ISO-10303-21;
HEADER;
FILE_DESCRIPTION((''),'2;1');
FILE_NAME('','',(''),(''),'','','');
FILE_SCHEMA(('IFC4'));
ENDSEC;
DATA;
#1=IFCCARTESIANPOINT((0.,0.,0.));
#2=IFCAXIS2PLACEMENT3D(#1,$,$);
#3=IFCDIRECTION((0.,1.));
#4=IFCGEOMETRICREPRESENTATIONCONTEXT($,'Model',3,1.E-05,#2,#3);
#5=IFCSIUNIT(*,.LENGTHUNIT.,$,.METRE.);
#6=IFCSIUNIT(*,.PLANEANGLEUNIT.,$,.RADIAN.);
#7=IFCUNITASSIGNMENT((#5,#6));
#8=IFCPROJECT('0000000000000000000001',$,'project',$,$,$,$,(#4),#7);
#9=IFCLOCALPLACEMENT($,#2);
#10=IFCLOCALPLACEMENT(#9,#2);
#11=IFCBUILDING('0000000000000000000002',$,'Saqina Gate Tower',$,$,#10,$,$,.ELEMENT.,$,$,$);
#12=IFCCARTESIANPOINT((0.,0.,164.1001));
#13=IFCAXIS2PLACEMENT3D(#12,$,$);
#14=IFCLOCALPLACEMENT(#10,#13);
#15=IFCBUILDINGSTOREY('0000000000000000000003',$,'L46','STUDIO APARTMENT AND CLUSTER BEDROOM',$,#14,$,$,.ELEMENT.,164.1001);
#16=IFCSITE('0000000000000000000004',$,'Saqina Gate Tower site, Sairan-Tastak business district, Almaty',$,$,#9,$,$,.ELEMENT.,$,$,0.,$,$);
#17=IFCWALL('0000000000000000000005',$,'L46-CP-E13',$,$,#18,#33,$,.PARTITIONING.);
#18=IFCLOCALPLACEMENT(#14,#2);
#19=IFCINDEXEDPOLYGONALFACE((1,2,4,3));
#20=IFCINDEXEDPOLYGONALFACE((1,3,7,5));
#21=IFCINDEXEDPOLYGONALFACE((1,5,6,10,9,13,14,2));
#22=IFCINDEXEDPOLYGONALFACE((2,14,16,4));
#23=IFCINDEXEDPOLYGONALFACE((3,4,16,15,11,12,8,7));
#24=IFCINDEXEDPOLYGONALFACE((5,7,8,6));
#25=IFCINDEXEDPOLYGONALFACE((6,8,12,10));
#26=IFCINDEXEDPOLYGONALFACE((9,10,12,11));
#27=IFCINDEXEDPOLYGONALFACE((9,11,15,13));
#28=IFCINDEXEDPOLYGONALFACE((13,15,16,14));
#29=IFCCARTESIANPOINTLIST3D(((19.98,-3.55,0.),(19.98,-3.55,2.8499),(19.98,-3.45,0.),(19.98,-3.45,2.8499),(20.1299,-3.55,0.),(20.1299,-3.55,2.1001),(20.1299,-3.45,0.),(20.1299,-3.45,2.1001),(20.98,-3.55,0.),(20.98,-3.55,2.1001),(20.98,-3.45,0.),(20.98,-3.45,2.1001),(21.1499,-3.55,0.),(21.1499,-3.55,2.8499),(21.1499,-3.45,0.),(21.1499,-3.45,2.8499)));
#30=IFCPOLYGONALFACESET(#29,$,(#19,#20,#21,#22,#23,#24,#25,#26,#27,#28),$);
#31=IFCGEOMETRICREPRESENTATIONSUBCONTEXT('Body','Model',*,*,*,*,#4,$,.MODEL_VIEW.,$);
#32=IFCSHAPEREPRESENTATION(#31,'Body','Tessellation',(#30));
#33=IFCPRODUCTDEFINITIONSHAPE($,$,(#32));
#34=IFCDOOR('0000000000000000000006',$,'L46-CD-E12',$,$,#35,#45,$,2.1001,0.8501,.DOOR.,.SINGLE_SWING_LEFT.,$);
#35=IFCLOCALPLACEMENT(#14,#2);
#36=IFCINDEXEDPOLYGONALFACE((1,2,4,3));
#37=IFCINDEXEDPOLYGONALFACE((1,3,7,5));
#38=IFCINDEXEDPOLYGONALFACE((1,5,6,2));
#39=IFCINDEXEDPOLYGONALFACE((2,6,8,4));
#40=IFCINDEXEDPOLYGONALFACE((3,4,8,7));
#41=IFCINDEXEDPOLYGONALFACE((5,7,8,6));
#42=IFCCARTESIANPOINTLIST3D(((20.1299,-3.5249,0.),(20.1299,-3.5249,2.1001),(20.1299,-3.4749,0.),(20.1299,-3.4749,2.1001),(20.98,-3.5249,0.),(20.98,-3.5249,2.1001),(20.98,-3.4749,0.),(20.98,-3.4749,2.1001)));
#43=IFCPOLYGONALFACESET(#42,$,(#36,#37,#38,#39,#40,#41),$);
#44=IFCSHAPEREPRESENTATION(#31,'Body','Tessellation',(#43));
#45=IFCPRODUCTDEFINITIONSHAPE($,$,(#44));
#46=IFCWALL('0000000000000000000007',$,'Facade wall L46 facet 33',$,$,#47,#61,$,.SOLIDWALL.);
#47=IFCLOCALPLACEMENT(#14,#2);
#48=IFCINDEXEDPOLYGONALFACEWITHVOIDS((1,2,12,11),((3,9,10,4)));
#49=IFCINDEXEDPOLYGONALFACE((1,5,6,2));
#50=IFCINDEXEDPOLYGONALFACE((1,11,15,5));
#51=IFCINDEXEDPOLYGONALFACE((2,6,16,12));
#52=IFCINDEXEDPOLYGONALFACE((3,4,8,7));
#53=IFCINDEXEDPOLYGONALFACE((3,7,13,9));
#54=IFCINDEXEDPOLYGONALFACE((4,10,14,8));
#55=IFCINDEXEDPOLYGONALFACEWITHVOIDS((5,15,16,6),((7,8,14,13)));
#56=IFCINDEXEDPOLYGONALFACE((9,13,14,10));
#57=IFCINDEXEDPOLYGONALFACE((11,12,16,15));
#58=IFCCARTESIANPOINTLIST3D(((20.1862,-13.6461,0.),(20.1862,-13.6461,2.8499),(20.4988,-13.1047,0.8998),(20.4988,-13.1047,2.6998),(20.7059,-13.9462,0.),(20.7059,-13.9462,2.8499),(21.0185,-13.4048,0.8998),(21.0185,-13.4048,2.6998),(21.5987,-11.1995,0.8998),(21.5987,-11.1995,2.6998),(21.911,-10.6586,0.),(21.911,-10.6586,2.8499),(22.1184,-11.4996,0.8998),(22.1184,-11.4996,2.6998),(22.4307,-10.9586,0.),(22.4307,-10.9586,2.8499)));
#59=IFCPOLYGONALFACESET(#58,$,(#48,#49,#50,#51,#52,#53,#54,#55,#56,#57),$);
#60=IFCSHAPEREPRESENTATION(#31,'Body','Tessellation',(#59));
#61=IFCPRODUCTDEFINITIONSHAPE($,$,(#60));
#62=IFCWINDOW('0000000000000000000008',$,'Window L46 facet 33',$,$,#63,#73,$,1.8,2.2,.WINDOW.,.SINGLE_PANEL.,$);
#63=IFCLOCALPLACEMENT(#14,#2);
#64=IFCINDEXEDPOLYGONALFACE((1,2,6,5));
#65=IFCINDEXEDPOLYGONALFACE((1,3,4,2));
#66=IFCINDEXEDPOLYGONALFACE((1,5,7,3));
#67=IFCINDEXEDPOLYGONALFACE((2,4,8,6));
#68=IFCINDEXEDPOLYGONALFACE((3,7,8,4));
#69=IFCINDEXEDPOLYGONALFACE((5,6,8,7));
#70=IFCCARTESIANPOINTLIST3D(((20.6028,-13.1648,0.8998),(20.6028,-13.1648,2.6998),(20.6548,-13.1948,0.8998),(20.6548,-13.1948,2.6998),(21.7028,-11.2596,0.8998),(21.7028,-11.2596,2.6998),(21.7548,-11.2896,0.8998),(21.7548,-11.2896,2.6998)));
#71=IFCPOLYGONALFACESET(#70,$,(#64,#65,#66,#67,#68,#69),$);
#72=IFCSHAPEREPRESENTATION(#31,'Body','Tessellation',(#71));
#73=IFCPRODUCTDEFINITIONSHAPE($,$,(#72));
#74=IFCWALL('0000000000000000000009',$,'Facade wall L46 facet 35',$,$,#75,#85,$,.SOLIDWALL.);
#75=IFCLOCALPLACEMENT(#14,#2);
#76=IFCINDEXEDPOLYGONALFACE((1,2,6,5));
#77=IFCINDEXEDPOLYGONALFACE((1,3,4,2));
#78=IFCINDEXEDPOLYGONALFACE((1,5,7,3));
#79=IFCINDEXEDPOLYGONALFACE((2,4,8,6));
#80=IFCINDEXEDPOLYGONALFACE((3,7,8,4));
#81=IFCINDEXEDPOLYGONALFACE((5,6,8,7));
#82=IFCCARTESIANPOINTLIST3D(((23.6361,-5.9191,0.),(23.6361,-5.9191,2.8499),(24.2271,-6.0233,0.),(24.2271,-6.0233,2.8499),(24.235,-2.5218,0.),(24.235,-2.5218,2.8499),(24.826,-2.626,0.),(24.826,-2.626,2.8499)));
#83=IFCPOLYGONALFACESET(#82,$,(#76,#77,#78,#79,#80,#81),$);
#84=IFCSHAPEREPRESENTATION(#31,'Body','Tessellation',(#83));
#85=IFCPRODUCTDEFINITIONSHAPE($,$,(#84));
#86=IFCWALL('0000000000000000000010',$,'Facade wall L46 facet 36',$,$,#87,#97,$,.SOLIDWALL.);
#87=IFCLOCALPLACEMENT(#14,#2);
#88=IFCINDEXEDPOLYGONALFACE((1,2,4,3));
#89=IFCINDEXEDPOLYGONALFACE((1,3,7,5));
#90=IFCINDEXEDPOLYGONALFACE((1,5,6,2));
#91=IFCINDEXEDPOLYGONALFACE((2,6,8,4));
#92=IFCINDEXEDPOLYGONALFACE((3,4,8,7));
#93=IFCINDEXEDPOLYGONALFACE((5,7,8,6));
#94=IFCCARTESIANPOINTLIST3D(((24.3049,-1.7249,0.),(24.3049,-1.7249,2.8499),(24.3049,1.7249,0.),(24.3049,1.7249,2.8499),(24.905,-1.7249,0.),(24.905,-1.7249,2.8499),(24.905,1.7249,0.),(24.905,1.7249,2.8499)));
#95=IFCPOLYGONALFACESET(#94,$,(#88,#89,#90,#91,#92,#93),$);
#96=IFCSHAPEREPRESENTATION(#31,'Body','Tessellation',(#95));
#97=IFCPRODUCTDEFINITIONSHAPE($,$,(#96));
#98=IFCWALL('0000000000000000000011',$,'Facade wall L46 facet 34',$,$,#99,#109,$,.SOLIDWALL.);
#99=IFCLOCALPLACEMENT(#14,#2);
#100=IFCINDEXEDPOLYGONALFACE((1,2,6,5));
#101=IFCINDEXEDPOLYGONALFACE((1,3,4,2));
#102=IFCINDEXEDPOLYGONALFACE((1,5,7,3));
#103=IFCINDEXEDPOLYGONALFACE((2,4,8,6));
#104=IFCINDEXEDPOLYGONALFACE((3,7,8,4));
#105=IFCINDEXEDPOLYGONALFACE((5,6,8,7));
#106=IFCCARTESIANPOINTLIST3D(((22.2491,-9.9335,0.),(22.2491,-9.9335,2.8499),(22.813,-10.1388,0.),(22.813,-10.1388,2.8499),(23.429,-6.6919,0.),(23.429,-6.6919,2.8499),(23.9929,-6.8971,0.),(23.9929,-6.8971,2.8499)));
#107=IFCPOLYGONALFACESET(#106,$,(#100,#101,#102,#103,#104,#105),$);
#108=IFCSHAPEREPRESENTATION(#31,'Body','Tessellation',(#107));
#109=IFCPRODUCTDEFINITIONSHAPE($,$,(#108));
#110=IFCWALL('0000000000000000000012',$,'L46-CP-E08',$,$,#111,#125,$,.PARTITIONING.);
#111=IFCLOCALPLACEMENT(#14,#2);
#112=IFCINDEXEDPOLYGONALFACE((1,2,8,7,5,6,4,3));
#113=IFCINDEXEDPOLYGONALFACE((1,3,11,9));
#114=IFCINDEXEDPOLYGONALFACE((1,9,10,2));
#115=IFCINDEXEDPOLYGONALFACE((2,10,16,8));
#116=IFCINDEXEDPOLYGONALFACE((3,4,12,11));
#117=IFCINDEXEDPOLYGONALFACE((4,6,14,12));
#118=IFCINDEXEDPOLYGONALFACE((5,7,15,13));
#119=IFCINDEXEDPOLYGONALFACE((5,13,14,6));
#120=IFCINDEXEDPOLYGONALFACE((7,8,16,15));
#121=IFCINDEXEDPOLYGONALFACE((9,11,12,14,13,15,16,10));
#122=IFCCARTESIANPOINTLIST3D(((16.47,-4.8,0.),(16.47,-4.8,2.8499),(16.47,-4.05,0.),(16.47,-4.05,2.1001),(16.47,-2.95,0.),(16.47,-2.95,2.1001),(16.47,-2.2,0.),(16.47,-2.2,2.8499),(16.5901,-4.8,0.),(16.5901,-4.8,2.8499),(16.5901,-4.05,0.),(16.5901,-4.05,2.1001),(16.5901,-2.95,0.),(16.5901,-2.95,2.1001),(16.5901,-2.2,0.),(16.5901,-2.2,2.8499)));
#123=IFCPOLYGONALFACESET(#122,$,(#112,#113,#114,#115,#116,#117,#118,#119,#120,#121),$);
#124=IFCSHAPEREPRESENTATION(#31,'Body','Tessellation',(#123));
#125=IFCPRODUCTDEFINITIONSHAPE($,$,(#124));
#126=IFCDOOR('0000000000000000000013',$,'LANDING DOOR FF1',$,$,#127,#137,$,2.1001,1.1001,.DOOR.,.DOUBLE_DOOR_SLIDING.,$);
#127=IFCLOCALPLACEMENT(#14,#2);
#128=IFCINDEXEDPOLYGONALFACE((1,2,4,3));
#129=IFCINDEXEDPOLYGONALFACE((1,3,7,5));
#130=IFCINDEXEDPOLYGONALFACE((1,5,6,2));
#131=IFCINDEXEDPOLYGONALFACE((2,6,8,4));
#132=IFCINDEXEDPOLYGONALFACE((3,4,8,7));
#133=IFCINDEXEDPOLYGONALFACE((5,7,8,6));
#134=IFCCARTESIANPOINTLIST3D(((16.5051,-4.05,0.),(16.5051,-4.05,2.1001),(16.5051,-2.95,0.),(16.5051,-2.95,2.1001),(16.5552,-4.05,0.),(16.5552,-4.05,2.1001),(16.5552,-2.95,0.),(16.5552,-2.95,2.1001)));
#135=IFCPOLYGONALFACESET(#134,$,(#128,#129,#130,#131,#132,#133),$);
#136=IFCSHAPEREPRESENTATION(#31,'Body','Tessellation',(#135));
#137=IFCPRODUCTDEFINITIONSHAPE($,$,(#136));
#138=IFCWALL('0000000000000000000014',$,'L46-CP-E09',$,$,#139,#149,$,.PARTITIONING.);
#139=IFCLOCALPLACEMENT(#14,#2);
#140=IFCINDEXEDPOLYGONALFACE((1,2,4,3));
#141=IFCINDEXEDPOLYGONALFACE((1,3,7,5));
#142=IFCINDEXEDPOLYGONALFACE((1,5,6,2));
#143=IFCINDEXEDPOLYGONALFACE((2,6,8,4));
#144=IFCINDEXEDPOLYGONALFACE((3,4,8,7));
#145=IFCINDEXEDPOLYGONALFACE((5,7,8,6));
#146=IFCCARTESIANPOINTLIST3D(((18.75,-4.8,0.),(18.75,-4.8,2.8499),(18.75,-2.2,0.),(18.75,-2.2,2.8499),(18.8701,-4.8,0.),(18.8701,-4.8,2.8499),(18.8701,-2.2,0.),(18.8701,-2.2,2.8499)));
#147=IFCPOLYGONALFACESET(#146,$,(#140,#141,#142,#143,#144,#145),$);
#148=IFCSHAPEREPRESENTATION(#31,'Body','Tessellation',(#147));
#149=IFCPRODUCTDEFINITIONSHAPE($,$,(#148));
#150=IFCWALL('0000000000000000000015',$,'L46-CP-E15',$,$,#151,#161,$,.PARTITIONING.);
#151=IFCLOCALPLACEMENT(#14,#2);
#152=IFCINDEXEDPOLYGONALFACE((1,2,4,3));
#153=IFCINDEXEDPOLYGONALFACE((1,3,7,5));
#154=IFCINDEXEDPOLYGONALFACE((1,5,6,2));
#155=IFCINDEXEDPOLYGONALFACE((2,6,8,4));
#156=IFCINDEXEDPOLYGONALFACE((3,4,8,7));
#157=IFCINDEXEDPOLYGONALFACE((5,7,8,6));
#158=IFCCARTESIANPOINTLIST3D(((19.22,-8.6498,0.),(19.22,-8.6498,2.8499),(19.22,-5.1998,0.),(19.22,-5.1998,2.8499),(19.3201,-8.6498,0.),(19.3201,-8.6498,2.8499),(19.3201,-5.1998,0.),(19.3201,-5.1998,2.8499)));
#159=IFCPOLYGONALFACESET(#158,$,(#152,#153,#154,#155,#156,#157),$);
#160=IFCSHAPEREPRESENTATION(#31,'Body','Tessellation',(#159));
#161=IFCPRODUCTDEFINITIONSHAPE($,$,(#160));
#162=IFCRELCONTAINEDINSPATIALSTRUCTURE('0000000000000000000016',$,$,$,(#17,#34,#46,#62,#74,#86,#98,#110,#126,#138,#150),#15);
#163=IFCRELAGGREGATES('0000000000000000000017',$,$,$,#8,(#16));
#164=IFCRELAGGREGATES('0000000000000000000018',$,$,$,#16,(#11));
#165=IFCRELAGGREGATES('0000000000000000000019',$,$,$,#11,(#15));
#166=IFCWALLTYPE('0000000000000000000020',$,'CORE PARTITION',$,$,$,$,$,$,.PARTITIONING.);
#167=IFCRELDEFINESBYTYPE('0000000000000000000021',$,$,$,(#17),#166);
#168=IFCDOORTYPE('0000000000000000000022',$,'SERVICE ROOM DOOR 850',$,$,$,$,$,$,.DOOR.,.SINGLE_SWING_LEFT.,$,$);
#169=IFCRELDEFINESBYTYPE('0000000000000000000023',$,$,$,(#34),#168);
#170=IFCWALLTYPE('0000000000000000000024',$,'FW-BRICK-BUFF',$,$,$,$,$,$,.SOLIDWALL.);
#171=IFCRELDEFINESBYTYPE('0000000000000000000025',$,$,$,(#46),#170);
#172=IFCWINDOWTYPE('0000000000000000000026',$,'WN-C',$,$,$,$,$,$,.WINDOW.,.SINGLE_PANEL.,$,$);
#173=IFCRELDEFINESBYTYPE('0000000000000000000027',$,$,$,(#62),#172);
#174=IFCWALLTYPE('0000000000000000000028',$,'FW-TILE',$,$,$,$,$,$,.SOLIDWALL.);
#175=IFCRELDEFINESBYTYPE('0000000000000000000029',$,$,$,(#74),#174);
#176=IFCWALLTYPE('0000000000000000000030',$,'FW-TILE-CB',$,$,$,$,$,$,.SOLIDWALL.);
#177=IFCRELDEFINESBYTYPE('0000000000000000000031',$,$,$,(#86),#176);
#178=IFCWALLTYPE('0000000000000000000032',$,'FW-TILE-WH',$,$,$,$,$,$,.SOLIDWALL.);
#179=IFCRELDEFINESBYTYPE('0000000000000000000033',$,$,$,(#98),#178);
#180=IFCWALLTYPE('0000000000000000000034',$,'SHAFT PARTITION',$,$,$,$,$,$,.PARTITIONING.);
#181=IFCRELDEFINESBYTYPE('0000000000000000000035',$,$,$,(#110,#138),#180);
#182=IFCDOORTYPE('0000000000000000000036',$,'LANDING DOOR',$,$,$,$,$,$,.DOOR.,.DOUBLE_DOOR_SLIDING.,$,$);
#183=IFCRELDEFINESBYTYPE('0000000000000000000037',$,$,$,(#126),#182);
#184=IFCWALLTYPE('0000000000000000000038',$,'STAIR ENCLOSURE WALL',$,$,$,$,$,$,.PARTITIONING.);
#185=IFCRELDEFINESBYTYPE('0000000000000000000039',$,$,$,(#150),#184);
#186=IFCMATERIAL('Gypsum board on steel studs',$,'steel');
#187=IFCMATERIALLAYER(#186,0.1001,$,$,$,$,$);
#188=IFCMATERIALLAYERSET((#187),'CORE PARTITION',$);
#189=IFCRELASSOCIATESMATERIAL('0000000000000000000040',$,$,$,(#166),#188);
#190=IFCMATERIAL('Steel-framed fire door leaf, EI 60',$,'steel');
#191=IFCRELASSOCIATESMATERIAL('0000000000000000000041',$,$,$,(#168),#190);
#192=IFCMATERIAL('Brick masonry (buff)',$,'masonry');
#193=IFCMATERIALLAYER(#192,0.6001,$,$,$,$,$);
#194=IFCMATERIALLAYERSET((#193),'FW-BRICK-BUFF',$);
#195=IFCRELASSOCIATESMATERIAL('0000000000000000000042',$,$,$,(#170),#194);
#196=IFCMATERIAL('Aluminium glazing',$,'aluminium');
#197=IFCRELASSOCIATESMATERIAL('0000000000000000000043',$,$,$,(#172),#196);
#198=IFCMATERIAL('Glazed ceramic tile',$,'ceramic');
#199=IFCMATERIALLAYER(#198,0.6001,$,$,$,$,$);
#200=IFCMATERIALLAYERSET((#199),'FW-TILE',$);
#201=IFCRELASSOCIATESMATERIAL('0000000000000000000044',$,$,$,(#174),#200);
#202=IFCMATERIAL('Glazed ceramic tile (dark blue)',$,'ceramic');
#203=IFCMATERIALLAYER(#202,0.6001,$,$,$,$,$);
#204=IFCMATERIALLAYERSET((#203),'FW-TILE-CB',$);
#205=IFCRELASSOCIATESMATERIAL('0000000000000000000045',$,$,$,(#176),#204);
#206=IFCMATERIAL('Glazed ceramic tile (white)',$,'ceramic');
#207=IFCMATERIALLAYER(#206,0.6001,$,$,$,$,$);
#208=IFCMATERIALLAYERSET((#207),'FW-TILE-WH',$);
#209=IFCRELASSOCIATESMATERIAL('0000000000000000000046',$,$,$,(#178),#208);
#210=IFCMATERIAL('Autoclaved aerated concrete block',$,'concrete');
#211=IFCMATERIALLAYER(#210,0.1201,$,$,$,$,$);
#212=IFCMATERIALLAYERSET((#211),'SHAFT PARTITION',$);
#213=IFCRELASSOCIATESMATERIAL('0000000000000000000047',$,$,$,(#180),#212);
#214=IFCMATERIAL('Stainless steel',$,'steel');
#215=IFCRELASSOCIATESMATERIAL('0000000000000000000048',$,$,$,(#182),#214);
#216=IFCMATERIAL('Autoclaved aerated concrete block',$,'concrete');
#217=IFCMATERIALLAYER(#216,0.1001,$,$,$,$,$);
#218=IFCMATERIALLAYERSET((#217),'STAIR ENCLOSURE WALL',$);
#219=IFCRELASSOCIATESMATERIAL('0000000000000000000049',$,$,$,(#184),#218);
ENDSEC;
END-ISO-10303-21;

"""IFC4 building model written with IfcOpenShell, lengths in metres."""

from ifc_helpers import new_model, si_unit, direction, frame, frame_2d, origin, place, context, subcontext, project, spatial, rectangle, extrude, material, layer, layer_set, type_object, element, fill, save


model = new_model("IFC4")

# Units and contexts
model_context = context("Model", 3, precision=1e-05, world=origin(), true_north=direction((0.0, 1.0)))
body_context = subcontext(model_context, "Body", "Model", "MODEL_VIEW")
ifc_project = project(units=[si_unit("LENGTHUNIT", "METRE"), si_unit("PLANEANGLEUNIT", "RADIAN")], contexts=[model_context])

# Site, building, storey
site_placement = place(None, origin())
site = spatial("IfcSite", under=ifc_project, at=site_placement, Name="Saqina Gate Tower site, Sairan-Tastak business district, Almaty", CompositionType="ELEMENT", RefElevation=0.0)
building_placement = place(site_placement, origin())
building = spatial("IfcBuilding", under=site, at=building_placement, Name="Saqina Gate Tower", CompositionType="ELEMENT")
storey_placement = place(building_placement, frame((0.0, 0.0, 164.1001)))
storey = spatial("IfcBuildingStorey", under=building, at=storey_placement, Name="L46", Description="STUDIO APARTMENT AND CLUSTER BEDROOM", CompositionType="ELEMENT", Elevation=164.1001)

# Shared definitions
ifc_material_1 = material(Name="Gypsum board on steel studs", Category="steel")
ifc_layer_1 = layer(ifc_material_1, 0.1001)
ifc_layer_set_1 = layer_set([ifc_layer_1], Name="CORE PARTITION")
wall_type_1 = type_object("IfcWallType", Name="CORE PARTITION", PredefinedType="PARTITIONING", material=ifc_layer_set_1)

# Wall, opening, door
ifc_material_2 = material(Name="Steel-framed fire door leaf, EI 60", Category="steel")
door_type_1 = type_object("IfcDoorType", Name="SERVICE ROOM DOOR 850", OperationType="SINGLE_SWING_LEFT", PredefinedType="DOOR", material=ifc_material_2)
wall_1_placement = place(storey_placement, frame((19.98, -3.5, 0.0), z_axis=(0.0, 0.0, 1.0), x_axis=(1.0, 0.0, 0.0)))
wall_1 = element("IfcWall", 1, at=wall_1_placement, inside=storey, type_object=wall_type_1, Name="L46-CP-E13", PredefinedType="PARTITIONING", context=body_context, shape_type="SweptSolid", body=[
    extrude(rectangle(XDim=1.1699, YDim=0.1001, at=frame_2d((0.585, 0.0))), origin(), (0.0, 0.0, 1.0), 2.8499),
])
opening_1_placement = place(wall_1_placement, frame((0.1499, 0.0, 0.0)))
opening_1 = element("IfcOpeningElement", 2, at=opening_1_placement, cuts=wall_1, PredefinedType="OPENING", context=body_context, shape_type="SweptSolid", body=[
    extrude(rectangle(XDim=0.8501, YDim=2.1001, at=frame_2d((0.425, 1.05))), frame((0.0, 0.062, 0.0), z_axis=(0.0, -1.0, 0.0), x_axis=(1.0, 0.0, 0.0)), (0.0, 0.0, 1.0), 0.124),
])
door_1_placement = place(opening_1_placement, frame((0.8501, 0.0, 0.0), z_axis=(0.0, 0.0, 1.0), x_axis=(-1.0, 0.0, 0.0)))
door_1 = element("IfcDoor", 3, at=door_1_placement, inside=storey, type_object=door_type_1, Name="L46-CD-E12", OperationType="SINGLE_SWING_LEFT", OverallHeight=2.1001, OverallWidth=0.8501, PredefinedType="DOOR", context=body_context, shape_type="SweptSolid", body=[
    extrude(rectangle(XDim=0.8501, YDim=2.1001, at=frame_2d((0.425, 1.05))), frame((0.0, 0.0249, 0.0), z_axis=(0.0, -1.0, 0.0), x_axis=(1.0, 0.0, 0.0)), (0.0, 0.0, 1.0), 0.05),
])
fill(opening_1, door_1)

# Wall, opening, window
ifc_material_3 = material(Name="Brick masonry (buff)", Category="masonry")
ifc_layer_2 = layer(ifc_material_3, 0.6001)
ifc_layer_set_2 = layer_set([ifc_layer_2], Name="FW-BRICK-BUFF")
wall_type_2 = type_object("IfcWallType", Name="FW-BRICK-BUFF", PredefinedType="SOLIDWALL", material=ifc_layer_set_2)
wall_2_placement = place(storey_placement, frame((20.446, -13.7961, 0.0), z_axis=(0.0, 0.0, 1.0), x_axis=(0.499998, 0.866026, 0.0)))
wall_2 = element("IfcWall", 4, at=wall_2_placement, inside=storey, type_object=wall_type_2, Name="Facade wall L46 facet 33", PredefinedType="SOLIDWALL", context=body_context, shape_type="SweptSolid", body=[
    extrude(rectangle(XDim=3.4497, YDim=0.6001, at=frame_2d((1.7249, 0.0))), origin(), (0.0, 0.0, 1.0), 2.8499),
])
opening_2_placement = place(wall_2_placement, frame((0.625, 0.0, 0.8999)))
opening_2 = element("IfcOpeningElement", 5, at=opening_2_placement, cuts=wall_2, PredefinedType="OPENING", context=body_context, shape_type="SweptSolid", body=[
    extrude(rectangle(XDim=2.2, YDim=1.8, at=frame_2d((1.1001, 0.8999))), frame((0.0, 0.312, 0.0), z_axis=(0.0, -1.0, 0.0), x_axis=(1.0, 0.0, 0.0)), (0.0, 0.0, 1.0), 0.624),
])
ifc_material_4 = material(Name="Aluminium glazing", Category="aluminium")
window_type = type_object("IfcWindowType", Name="WN-C", PartitioningType="SINGLE_PANEL", PredefinedType="WINDOW", material=ifc_material_4)
window_placement = place(opening_2_placement, origin())
window = element("IfcWindow", 6, at=window_placement, inside=storey, type_object=window_type, Name="Window L46 facet 33", OverallHeight=1.8, OverallWidth=2.2, PartitioningType="SINGLE_PANEL", PredefinedType="WINDOW", context=body_context, shape_type="SweptSolid", body=[
    extrude(rectangle(XDim=2.2, YDim=1.8, at=frame_2d((1.1001, 0.8999))), frame((0.0, 0.1799, 0.0), z_axis=(0.0, -1.0, 0.0), x_axis=(1.0, 0.0, 0.0)), (0.0, 0.0, 1.0), 0.0601),
])
fill(opening_2, window)

# Walls
ifc_material_5 = material(Name="Glazed ceramic tile", Category="ceramic")
ifc_layer_3 = layer(ifc_material_5, 0.6001)
ifc_layer_set_3 = layer_set([ifc_layer_3], Name="FW-TILE")
wall_type_3 = type_object("IfcWallType", Name="FW-TILE", PredefinedType="SOLIDWALL", material=ifc_layer_set_3)
wall_3_placement = place(storey_placement, frame((23.9316, -5.9712, 0.0), z_axis=(0.0, 0.0, 1.0), x_axis=(0.173608, 0.984815, 0.0)))
element("IfcWall", 7, at=wall_3_placement, inside=storey, type_object=wall_type_3, Name="Facade wall L46 facet 35", PredefinedType="SOLIDWALL", context=body_context, shape_type="SweptSolid", body=[
    extrude(rectangle(XDim=3.4497, YDim=0.6001, at=frame_2d((1.7249, 0.0))), origin(), (0.0, 0.0, 1.0), 2.8499),
])
ifc_material_6 = material(Name="Glazed ceramic tile (dark blue)", Category="ceramic")
ifc_layer_4 = layer(ifc_material_6, 0.6001)
ifc_layer_set_4 = layer_set([ifc_layer_4], Name="FW-TILE-CB")
wall_type_4 = type_object("IfcWallType", Name="FW-TILE-CB", PredefinedType="SOLIDWALL", material=ifc_layer_set_4)
wall_4_placement = place(storey_placement, frame((24.605, -1.7249, 0.0), z_axis=(0.0, 0.0, 1.0), x_axis=(0.0, 1.0, 0.0)))
element("IfcWall", 8, at=wall_4_placement, inside=storey, type_object=wall_type_4, Name="Facade wall L46 facet 36", PredefinedType="SOLIDWALL", context=body_context, shape_type="SweptSolid", body=[
    extrude(rectangle(XDim=3.4497, YDim=0.6001, at=frame_2d((1.7249, 0.0))), origin(), (0.0, 0.0, 1.0), 2.8499),
])
ifc_material_7 = material(Name="Glazed ceramic tile (white)", Category="ceramic")
ifc_layer_5 = layer(ifc_material_7, 0.6001)
ifc_layer_set_5 = layer_set([ifc_layer_5], Name="FW-TILE-WH")
wall_type_5 = type_object("IfcWallType", Name="FW-TILE-WH", PredefinedType="SOLIDWALL", material=ifc_layer_set_5)
wall_5_placement = place(storey_placement, frame((22.531, -10.0361, 0.0), z_axis=(0.0, 0.0, 1.0), x_axis=(0.342033, 0.939688, 0.0)))
element("IfcWall", 9, at=wall_5_placement, inside=storey, type_object=wall_type_5, Name="Facade wall L46 facet 34", PredefinedType="SOLIDWALL", context=body_context, shape_type="SweptSolid", body=[
    extrude(rectangle(XDim=3.4497, YDim=0.6001, at=frame_2d((1.7249, 0.0))), origin(), (0.0, 0.0, 1.0), 2.8499),
])

# Wall, opening, door
ifc_material_8 = material(Name="Autoclaved aerated concrete block", Category="concrete")
ifc_layer_6 = layer(ifc_material_8, 0.1201)
ifc_layer_set_6 = layer_set([ifc_layer_6], Name="SHAFT PARTITION")
wall_type_6 = type_object("IfcWallType", Name="SHAFT PARTITION", PredefinedType="PARTITIONING", material=ifc_layer_set_6)
wall_6_placement = place(storey_placement, frame((16.53, -4.8, 0.0), z_axis=(0.0, 0.0, 1.0), x_axis=(0.0, 1.0, 0.0)))
wall_6 = element("IfcWall", 10, at=wall_6_placement, inside=storey, type_object=wall_type_6, Name="L46-CP-E08", PredefinedType="PARTITIONING", context=body_context, shape_type="SweptSolid", body=[
    extrude(rectangle(XDim=2.6001, YDim=0.1201, at=frame_2d((1.3, 0.0))), origin(), (0.0, 0.0, 1.0), 2.8499),
])
opening_3_placement = place(wall_6_placement, frame((0.75, 0.0, 0.0)))
opening_3 = element("IfcOpeningElement", 11, at=opening_3_placement, cuts=wall_6, PredefinedType="OPENING", context=body_context, shape_type="SweptSolid", body=[
    extrude(rectangle(XDim=1.1001, YDim=2.1001, at=frame_2d((0.55, 1.05))), frame((0.0, 0.072, 0.0), z_axis=(0.0, -1.0, 0.0), x_axis=(1.0, 0.0, 0.0)), (0.0, 0.0, 1.0), 0.144),
])
ifc_material_9 = material(Name="Stainless steel", Category="steel")
door_type_2 = type_object("IfcDoorType", Name="LANDING DOOR", OperationType="DOUBLE_DOOR_SLIDING", PredefinedType="DOOR", material=ifc_material_9)
door_2_placement = place(opening_3_placement, origin())
door_2 = element("IfcDoor", 12, at=door_2_placement, inside=storey, type_object=door_type_2, Name="LANDING DOOR FF1", OperationType="DOUBLE_DOOR_SLIDING", OverallHeight=2.1001, OverallWidth=1.1001, PredefinedType="DOOR", context=body_context, shape_type="SweptSolid", body=[
    extrude(rectangle(XDim=1.1001, YDim=2.1001, at=frame_2d((0.55, 1.05))), frame((0.0, 0.0249, 0.0), z_axis=(0.0, -1.0, 0.0), x_axis=(1.0, 0.0, 0.0)), (0.0, 0.0, 1.0), 0.05),
])
fill(opening_3, door_2)

# Walls
wall_7_placement = place(storey_placement, frame((18.8101, -4.8, 0.0), z_axis=(0.0, 0.0, 1.0), x_axis=(0.0, 1.0, 0.0)))
element("IfcWall", 13, at=wall_7_placement, inside=storey, type_object=wall_type_6, Name="L46-CP-E09", PredefinedType="PARTITIONING", context=body_context, shape_type="SweptSolid", body=[
    extrude(rectangle(XDim=2.6001, YDim=0.1201, at=frame_2d((1.3, 0.0))), origin(), (0.0, 0.0, 1.0), 2.8499),
])
ifc_material_10 = material(Name="Autoclaved aerated concrete block", Category="concrete")
ifc_layer_7 = layer(ifc_material_10, 0.1001)
ifc_layer_set_7 = layer_set([ifc_layer_7], Name="STAIR ENCLOSURE WALL")
wall_type_7 = type_object("IfcWallType", Name="STAIR ENCLOSURE WALL", PredefinedType="PARTITIONING", material=ifc_layer_set_7)
wall_8_placement = place(storey_placement, frame((19.27, -8.6499, 0.0), z_axis=(0.0, 0.0, 1.0), x_axis=(0.0, 1.0, 0.0)))
element("IfcWall", 14, at=wall_8_placement, inside=storey, type_object=wall_type_7, Name="L46-CP-E15", PredefinedType="PARTITIONING", context=body_context, shape_type="SweptSolid", body=[
    extrude(rectangle(XDim=3.45, YDim=0.1001, at=frame_2d((1.7251, 0.0))), origin(), (0.0, 0.0, 1.0), 2.8499),
])

save(model, "model.ifc")
